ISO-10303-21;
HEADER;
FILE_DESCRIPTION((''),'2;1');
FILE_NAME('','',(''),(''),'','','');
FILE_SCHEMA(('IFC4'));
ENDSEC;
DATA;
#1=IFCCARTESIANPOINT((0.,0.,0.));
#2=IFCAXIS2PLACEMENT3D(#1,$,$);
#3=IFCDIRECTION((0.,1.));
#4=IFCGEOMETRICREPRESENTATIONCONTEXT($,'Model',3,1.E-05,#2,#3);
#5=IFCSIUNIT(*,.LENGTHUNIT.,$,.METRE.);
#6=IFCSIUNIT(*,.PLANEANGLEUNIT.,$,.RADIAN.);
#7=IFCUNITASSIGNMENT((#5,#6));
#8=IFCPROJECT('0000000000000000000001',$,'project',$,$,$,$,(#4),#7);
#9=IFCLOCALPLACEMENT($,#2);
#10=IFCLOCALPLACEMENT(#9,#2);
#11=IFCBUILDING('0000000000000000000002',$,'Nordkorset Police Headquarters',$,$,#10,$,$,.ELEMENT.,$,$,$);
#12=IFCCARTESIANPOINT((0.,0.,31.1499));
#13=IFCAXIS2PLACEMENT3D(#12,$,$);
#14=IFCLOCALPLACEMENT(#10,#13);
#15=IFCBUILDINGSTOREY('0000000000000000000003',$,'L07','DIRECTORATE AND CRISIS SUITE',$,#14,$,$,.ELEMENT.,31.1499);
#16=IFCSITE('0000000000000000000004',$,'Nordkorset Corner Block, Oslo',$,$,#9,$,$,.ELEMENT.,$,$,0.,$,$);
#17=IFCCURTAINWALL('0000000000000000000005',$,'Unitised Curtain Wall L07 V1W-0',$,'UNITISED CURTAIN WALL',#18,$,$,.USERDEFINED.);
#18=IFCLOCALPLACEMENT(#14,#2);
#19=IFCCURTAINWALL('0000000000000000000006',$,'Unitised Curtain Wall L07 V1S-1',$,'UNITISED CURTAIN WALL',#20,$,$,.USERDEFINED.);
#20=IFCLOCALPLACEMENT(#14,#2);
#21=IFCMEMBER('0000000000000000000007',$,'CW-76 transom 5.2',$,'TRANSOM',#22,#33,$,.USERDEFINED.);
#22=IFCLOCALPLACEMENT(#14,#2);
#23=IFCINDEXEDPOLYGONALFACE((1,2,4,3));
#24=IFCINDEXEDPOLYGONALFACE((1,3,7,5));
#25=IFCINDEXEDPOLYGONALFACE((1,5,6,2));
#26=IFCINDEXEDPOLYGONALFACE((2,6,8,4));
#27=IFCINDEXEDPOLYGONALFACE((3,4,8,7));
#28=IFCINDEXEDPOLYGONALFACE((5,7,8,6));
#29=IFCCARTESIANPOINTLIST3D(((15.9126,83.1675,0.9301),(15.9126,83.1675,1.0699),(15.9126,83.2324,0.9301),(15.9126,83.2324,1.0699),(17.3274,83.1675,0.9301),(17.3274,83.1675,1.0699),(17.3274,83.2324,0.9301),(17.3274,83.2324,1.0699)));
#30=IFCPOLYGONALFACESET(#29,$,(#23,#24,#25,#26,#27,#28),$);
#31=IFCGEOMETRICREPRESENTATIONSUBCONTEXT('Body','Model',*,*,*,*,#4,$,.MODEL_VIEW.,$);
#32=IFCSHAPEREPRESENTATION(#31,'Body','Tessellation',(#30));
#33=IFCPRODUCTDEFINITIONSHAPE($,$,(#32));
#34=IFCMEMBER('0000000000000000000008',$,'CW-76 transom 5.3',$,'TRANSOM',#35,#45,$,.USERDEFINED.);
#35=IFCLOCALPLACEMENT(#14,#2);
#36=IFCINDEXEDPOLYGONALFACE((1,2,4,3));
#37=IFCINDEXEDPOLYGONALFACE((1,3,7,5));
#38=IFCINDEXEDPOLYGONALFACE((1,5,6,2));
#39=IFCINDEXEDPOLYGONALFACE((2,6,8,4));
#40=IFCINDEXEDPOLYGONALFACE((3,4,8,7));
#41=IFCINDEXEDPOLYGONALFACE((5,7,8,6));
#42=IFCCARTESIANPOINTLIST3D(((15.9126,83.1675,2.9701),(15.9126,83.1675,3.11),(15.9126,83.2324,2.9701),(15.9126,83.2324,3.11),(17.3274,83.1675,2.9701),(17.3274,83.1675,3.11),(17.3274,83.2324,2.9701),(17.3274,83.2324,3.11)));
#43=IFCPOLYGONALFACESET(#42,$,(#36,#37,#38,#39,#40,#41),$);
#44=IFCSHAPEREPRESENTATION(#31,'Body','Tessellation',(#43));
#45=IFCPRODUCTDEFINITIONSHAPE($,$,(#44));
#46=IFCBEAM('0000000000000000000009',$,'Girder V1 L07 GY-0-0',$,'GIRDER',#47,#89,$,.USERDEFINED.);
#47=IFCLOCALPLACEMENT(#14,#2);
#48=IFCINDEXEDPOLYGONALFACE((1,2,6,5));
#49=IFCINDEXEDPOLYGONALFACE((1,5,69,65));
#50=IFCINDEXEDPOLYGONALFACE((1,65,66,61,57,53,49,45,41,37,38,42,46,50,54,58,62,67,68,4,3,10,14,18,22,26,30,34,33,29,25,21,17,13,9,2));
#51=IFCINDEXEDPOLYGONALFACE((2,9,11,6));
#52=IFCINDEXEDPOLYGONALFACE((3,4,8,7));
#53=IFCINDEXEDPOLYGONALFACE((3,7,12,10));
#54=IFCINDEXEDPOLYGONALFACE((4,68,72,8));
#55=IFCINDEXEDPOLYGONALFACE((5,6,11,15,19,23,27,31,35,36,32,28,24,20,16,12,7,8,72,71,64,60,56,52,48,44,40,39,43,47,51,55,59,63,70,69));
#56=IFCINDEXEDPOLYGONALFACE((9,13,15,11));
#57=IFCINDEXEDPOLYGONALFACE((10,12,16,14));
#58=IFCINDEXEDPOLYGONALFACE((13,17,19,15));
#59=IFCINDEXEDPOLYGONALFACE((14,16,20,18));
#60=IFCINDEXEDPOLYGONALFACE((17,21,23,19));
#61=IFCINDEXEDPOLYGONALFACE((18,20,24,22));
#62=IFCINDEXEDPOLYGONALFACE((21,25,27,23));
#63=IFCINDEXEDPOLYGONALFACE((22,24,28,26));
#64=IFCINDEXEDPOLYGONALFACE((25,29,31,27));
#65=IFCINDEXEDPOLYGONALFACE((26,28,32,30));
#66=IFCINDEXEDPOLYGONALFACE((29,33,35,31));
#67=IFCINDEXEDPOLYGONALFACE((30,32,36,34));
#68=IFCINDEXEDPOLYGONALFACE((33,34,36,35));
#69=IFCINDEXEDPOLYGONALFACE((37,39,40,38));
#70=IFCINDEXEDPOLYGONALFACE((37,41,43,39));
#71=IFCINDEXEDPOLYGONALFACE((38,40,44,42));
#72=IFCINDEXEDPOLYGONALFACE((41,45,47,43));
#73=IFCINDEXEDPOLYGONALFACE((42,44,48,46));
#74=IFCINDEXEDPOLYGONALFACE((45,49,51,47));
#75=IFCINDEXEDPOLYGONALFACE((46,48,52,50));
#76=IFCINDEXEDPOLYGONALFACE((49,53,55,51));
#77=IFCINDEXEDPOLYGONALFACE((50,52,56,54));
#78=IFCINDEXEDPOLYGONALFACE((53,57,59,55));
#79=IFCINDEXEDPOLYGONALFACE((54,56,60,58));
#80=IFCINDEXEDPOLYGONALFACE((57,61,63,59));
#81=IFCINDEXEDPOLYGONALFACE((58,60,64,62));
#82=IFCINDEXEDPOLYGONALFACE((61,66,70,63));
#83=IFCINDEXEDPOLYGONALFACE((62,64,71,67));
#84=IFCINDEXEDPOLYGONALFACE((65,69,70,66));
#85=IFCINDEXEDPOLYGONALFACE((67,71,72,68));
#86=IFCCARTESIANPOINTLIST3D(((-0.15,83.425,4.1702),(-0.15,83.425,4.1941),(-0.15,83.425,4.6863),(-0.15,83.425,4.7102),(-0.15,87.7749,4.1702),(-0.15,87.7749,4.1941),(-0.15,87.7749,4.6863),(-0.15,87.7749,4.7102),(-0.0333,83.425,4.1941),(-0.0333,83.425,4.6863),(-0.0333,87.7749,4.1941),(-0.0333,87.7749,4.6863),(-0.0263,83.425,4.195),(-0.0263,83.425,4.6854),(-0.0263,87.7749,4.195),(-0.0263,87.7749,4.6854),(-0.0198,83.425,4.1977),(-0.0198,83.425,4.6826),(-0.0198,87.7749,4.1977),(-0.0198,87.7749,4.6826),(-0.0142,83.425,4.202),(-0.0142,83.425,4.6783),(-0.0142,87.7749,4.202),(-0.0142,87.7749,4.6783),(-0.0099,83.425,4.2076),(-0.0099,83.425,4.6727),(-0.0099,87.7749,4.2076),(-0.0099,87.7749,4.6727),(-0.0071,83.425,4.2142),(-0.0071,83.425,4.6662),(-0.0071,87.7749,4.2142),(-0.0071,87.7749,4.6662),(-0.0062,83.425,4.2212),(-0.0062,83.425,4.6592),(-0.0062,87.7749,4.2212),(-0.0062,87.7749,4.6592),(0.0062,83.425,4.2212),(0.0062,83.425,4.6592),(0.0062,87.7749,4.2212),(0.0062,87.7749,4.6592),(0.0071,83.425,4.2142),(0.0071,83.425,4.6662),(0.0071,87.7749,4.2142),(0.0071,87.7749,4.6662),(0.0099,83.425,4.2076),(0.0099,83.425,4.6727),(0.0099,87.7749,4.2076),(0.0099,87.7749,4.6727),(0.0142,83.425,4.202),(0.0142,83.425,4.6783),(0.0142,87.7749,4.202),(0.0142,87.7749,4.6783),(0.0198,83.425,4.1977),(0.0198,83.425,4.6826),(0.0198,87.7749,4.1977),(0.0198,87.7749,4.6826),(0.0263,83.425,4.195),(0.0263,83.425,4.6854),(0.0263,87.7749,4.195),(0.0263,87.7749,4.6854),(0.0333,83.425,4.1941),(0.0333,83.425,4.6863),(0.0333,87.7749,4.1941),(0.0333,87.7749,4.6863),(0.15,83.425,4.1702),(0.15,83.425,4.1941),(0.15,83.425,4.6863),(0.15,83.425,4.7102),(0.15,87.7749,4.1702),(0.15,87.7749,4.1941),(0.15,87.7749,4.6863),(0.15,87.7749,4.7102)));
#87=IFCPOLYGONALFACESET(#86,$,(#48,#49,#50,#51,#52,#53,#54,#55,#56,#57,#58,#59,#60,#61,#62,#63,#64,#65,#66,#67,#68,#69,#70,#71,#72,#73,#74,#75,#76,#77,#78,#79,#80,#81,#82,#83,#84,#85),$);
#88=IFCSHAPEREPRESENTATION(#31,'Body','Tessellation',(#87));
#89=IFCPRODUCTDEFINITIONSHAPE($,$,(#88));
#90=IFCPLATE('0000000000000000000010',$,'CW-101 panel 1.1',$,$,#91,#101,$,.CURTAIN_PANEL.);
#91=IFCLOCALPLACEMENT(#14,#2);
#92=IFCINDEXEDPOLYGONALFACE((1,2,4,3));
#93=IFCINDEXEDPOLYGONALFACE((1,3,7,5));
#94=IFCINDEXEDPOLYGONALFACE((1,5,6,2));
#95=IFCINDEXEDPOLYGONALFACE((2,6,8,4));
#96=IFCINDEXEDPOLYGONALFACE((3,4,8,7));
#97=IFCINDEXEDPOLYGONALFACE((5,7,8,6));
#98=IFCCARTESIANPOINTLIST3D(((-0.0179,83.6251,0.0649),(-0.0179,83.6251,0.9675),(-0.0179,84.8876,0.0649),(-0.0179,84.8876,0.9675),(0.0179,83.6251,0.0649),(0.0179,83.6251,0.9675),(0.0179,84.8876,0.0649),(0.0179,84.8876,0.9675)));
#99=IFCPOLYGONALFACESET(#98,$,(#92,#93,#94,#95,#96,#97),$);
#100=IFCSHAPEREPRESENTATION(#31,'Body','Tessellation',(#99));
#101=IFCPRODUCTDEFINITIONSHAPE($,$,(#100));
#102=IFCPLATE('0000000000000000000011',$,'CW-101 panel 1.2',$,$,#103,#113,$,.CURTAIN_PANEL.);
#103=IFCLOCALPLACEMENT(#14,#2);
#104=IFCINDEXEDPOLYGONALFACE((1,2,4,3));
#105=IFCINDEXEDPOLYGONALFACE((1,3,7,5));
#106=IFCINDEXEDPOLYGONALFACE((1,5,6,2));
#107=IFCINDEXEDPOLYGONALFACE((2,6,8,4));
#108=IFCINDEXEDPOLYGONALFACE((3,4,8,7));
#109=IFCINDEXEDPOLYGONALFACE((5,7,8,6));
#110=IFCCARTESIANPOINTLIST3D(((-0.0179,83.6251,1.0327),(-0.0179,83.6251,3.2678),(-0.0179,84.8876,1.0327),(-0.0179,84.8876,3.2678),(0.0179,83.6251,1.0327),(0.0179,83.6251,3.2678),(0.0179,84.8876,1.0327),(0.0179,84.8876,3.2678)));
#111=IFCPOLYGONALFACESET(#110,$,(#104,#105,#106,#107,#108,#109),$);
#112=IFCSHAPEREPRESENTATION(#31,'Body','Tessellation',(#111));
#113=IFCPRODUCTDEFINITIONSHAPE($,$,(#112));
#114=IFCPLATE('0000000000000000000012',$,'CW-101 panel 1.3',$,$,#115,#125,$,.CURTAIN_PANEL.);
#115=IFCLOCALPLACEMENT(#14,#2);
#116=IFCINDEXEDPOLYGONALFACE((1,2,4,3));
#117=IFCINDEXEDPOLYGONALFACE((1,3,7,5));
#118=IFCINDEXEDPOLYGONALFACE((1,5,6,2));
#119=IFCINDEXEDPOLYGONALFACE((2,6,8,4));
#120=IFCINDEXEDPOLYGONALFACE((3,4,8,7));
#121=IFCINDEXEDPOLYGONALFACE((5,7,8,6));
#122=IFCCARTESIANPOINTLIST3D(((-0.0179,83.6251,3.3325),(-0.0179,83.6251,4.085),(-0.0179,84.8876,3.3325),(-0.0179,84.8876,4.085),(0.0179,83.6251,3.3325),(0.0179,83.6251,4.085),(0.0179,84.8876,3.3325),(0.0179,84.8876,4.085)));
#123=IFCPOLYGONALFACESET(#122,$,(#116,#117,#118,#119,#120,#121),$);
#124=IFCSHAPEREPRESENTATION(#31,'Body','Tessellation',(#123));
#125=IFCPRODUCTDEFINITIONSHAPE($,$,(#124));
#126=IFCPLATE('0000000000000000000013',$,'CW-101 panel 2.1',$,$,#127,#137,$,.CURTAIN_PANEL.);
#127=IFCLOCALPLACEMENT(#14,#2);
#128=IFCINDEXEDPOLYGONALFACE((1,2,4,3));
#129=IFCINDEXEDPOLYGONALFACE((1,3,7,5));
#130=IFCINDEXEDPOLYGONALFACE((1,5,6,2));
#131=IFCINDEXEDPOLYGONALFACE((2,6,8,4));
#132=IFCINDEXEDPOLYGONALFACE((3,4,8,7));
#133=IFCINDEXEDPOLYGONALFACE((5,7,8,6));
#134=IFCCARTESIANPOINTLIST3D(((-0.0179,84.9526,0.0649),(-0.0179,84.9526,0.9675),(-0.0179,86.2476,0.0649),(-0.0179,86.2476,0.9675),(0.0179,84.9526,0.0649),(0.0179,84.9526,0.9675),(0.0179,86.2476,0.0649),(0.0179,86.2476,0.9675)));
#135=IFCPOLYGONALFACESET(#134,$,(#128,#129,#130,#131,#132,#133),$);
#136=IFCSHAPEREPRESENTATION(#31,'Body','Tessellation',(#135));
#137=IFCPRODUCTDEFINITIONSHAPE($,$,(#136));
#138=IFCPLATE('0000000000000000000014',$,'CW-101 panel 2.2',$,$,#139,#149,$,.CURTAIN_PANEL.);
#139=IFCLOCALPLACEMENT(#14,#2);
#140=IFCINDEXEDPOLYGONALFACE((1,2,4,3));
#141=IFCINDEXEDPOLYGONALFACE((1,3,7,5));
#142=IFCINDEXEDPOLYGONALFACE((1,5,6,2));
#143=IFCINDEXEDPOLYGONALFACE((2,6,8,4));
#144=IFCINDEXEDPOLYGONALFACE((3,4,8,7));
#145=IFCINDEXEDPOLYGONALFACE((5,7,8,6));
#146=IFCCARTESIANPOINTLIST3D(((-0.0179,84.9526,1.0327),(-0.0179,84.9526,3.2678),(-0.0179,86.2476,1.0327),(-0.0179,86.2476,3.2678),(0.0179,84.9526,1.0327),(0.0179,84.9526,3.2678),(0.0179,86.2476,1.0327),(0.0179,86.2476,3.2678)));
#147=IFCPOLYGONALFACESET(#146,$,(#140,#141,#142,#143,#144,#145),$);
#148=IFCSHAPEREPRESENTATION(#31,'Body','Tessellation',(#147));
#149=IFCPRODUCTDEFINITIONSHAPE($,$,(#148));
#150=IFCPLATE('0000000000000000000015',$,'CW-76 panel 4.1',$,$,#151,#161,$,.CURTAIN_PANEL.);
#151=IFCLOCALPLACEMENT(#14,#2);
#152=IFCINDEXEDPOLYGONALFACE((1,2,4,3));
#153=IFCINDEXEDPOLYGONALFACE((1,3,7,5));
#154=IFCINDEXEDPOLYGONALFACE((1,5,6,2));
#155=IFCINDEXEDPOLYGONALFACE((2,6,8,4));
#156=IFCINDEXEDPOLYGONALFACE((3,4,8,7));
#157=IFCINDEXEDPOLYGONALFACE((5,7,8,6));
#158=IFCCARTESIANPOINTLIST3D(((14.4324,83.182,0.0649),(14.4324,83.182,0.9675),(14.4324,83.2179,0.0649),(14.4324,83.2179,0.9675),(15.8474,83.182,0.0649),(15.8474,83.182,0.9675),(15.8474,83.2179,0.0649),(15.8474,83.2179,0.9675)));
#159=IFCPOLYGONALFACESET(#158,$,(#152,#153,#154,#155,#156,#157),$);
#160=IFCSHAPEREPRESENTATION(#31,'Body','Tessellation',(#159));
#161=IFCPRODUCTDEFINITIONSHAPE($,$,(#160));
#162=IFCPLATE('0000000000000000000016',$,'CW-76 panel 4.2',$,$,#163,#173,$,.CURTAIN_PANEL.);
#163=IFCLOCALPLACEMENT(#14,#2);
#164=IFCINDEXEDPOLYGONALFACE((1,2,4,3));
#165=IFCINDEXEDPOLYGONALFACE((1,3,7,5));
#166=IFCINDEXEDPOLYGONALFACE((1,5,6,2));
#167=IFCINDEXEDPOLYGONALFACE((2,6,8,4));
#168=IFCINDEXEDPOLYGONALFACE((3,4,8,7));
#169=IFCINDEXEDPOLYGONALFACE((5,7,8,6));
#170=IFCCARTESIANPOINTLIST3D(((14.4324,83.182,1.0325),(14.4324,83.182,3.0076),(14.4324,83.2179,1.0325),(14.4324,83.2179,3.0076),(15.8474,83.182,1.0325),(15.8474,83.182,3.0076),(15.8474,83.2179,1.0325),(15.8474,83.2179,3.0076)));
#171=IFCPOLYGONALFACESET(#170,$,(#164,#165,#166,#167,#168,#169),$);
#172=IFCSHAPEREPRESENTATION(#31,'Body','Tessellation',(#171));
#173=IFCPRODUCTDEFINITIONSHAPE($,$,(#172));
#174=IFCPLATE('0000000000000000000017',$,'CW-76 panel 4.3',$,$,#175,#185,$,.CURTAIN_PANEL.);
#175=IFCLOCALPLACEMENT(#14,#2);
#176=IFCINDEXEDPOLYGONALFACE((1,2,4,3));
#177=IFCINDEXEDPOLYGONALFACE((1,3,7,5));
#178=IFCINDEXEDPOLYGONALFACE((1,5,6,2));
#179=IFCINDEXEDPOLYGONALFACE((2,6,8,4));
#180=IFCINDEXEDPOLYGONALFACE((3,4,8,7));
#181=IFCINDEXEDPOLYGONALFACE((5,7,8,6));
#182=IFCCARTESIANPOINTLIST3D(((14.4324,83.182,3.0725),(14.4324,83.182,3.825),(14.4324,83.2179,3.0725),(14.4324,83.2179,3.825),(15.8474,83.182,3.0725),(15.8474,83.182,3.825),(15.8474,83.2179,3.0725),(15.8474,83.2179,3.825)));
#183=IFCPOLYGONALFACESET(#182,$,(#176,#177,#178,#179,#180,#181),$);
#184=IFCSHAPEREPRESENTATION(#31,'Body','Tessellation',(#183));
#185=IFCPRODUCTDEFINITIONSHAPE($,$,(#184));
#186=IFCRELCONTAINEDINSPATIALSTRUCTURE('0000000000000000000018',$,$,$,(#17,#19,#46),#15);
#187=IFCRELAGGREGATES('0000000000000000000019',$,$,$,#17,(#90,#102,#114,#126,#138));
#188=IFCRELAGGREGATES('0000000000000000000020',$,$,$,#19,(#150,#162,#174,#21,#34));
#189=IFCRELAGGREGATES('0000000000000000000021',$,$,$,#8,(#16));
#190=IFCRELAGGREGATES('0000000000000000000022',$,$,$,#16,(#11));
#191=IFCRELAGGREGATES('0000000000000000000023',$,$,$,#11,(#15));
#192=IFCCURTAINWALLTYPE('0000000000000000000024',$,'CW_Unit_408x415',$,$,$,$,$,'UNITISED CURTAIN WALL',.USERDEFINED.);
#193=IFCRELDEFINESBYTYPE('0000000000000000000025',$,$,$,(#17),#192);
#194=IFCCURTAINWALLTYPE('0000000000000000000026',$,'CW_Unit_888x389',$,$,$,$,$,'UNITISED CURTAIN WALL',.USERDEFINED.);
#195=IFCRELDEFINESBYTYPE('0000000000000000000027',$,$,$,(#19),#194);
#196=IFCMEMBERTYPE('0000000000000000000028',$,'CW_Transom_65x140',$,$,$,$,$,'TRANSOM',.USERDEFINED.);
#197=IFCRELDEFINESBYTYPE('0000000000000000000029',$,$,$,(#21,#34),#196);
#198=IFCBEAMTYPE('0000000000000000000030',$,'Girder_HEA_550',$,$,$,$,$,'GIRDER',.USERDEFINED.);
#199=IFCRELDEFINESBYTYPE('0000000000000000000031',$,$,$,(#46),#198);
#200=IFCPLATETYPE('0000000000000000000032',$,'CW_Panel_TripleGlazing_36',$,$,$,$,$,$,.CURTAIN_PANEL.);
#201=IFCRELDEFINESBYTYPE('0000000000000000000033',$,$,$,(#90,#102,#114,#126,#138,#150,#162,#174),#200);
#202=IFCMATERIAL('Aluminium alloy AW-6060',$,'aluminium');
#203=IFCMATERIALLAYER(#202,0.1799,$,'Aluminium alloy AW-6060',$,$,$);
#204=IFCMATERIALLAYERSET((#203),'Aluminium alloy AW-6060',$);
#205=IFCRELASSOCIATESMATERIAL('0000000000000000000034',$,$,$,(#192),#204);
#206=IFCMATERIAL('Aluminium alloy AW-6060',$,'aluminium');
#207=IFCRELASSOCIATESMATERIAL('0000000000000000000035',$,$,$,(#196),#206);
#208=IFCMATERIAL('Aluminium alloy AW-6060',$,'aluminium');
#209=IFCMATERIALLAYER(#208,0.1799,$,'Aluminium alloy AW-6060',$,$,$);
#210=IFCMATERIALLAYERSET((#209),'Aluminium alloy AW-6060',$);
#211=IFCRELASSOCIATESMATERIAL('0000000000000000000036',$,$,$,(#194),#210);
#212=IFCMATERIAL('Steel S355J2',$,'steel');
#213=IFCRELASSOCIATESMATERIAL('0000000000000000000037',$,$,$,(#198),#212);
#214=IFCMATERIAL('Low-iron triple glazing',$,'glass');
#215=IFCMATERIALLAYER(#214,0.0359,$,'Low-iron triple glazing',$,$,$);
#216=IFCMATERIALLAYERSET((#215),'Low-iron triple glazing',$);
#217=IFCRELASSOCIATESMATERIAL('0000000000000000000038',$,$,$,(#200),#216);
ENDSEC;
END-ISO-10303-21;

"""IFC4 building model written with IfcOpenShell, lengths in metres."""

from ifc_helpers import new_model, si_unit, direction, frame, origin, origin_2d, place, context, subcontext, project, spatial, rectangle, i_section, extrude, material, layer, layer_set, material_profile, profile_set, type_object, element, aggregate, save


model = new_model("IFC4")

# Units and contexts
model_context = context("Model", 3, precision=1e-05, world=origin(), true_north=direction((0.0, 1.0)))
body_context = subcontext(model_context, "Body", "Model", "MODEL_VIEW")
ifc_project = project(units=[si_unit("LENGTHUNIT", "METRE"), si_unit("PLANEANGLEUNIT", "RADIAN")], contexts=[model_context])

# Site, building, storey
site_placement = place(None, origin())
site = spatial("IfcSite", under=ifc_project, at=site_placement, Name="Nordkorset Corner Block, Oslo", CompositionType="ELEMENT", RefElevation=0.0)
building_placement = place(site_placement, origin())
building = spatial("IfcBuilding", under=site, at=building_placement, Name="Nordkorset Police Headquarters", CompositionType="ELEMENT")
storey_placement = place(building_placement, frame((0.0, 0.0, 31.1499)))
storey = spatial("IfcBuildingStorey", under=building, at=storey_placement, Name="L07", Description="DIRECTORATE AND CRISIS SUITE", CompositionType="ELEMENT", Elevation=31.1499)

# Curtain walls, members
ifc_material_1 = material(Name="Aluminium alloy AW-6060", Category="aluminium")
ifc_layer_1 = layer(ifc_material_1, 0.1799, Name="Aluminium alloy AW-6060")
ifc_layer_set_1 = layer_set([ifc_layer_1], Name="Aluminium alloy AW-6060")
curtain_wall_type_1 = type_object("IfcCurtainWallType", Name="CW_Unit_408x415", ElementType="UNITISED CURTAIN WALL", PredefinedType="USERDEFINED", material=ifc_layer_set_1)
curtain_wall_1_placement = place(storey_placement, origin())
curtain_wall_1 = element("IfcCurtainWall", 1, at=curtain_wall_1_placement, inside=storey, type_object=curtain_wall_type_1, Name="Unitised Curtain Wall L07 V1W-0", ObjectType="UNITISED CURTAIN WALL", PredefinedType="USERDEFINED")
ifc_material_2 = material(Name="Aluminium alloy AW-6060", Category="aluminium")
ifc_material_profile_1 = material_profile(ifc_material_2, rectangle(XDim=0.0649, YDim=0.1399, at=origin_2d()), Name="ALU TRAN 65x140")
ifc_profile_set_1 = profile_set([ifc_material_profile_1], Name="Aluminium alloy AW-6060")
member_type_1 = type_object("IfcMemberType", Name="CW_Transom_65x140", ElementType="TRANSOM", PredefinedType="USERDEFINED", material=ifc_profile_set_1)
ifc_material_3 = material(Name="Aluminium alloy AW-6060", Category="aluminium")
ifc_layer_2 = layer(ifc_material_3, 0.1799, Name="Aluminium alloy AW-6060")
ifc_layer_set_2 = layer_set([ifc_layer_2], Name="Aluminium alloy AW-6060")
curtain_wall_type_2 = type_object("IfcCurtainWallType", Name="CW_Unit_888x389", ElementType="UNITISED CURTAIN WALL", PredefinedType="USERDEFINED", material=ifc_layer_set_2)
curtain_wall_2_placement = place(storey_placement, origin())
curtain_wall_2 = element("IfcCurtainWall", 2, at=curtain_wall_2_placement, inside=storey, type_object=curtain_wall_type_2, Name="Unitised Curtain Wall L07 V1S-1", ObjectType="UNITISED CURTAIN WALL", PredefinedType="USERDEFINED")
member_1_placement = place(storey_placement, frame((15.9126, 83.2, 1.0), z_axis=(1.0, 0.0, 0.0), x_axis=(0.0, 1.0, 0.0)))
member_1 = element("IfcMember", 3, at=member_1_placement, type_object=member_type_1, Name="CW-76 transom 5.2", ObjectType="TRANSOM", PredefinedType="USERDEFINED", context=body_context, shape_type="SweptSolid", body=[
    extrude(rectangle(XDim=0.0649, YDim=0.1399, at=origin_2d()), origin(), (0.0, 0.0, 1.0), 1.4148),
])
member_2_placement = place(storey_placement, frame((15.9126, 83.2, 3.04), z_axis=(1.0, 0.0, 0.0), x_axis=(0.0, 1.0, 0.0)))
member_2 = element("IfcMember", 4, at=member_2_placement, type_object=member_type_1, Name="CW-76 transom 5.3", ObjectType="TRANSOM", PredefinedType="USERDEFINED", context=body_context, shape_type="SweptSolid", body=[
    extrude(rectangle(XDim=0.0649, YDim=0.1399, at=origin_2d()), origin(), (0.0, 0.0, 1.0), 1.4148),
])

# Beam
ifc_material_4 = material(Name="Steel S355J2", Category="steel")
ifc_material_profile_2 = material_profile(ifc_material_4, i_section(OverallWidth=0.3, OverallDepth=0.54, WebThickness=0.0125, FlangeThickness=0.0239, FilletRadius=0.0271, at=origin_2d()), Name="HEA 550")
ifc_profile_set_2 = profile_set([ifc_material_profile_2], Name="Steel S355J2")
beam_type = type_object("IfcBeamType", Name="Girder_HEA_550", ElementType="GIRDER", PredefinedType="USERDEFINED", material=ifc_profile_set_2)
beam_placement = place(storey_placement, frame((0.0, 83.425, 4.4402), z_axis=(0.0, 1.0, 0.0), x_axis=(-1.0, 0.0, 0.0)))
element("IfcBeam", 5, at=beam_placement, inside=storey, type_object=beam_type, Name="Girder V1 L07 GY-0-0", ObjectType="GIRDER", PredefinedType="USERDEFINED", context=body_context, shape_type="SweptSolid", body=[
    extrude(i_section(OverallWidth=0.3, OverallDepth=0.54, WebThickness=0.0125, FlangeThickness=0.0239, FilletRadius=0.0271, at=origin_2d()), origin(), (0.0, 0.0, 1.0), 4.3499),
])

# Plates
ifc_material_5 = material(Name="Low-iron triple glazing", Category="glass")
ifc_layer_3 = layer(ifc_material_5, 0.0359, Name="Low-iron triple glazing")
ifc_layer_set_3 = layer_set([ifc_layer_3], Name="Low-iron triple glazing")
plate_type = type_object("IfcPlateType", Name="CW_Panel_TripleGlazing_36", PredefinedType="CURTAIN_PANEL", material=ifc_layer_set_3)
plate_1_placement = place(storey_placement, frame((0.0, 84.2563, 0.0649), z_axis=(0.0, 0.0, 1.0), x_axis=(0.0, 1.0, 0.0)))
plate_1 = element("IfcPlate", 6, at=plate_1_placement, type_object=plate_type, Name="CW-101 panel 1.1", PredefinedType="CURTAIN_PANEL", context=body_context, shape_type="SweptSolid", body=[
    extrude(rectangle(XDim=1.2625, YDim=0.0359, at=origin_2d()), origin(), (0.0, 0.0, 1.0), 0.9026),
])
plate_2_placement = place(storey_placement, frame((0.0, 84.2563, 1.0327), z_axis=(0.0, 0.0, 1.0), x_axis=(0.0, 1.0, 0.0)))
plate_2 = element("IfcPlate", 7, at=plate_2_placement, type_object=plate_type, Name="CW-101 panel 1.2", PredefinedType="CURTAIN_PANEL", context=body_context, shape_type="SweptSolid", body=[
    extrude(rectangle(XDim=1.2625, YDim=0.0359, at=origin_2d()), origin(), (0.0, 0.0, 1.0), 2.2351),
])
plate_3_placement = place(storey_placement, frame((0.0, 84.2563, 3.3325), z_axis=(0.0, 0.0, 1.0), x_axis=(0.0, 1.0, 0.0)))
plate_3 = element("IfcPlate", 8, at=plate_3_placement, type_object=plate_type, Name="CW-101 panel 1.3", PredefinedType="CURTAIN_PANEL", context=body_context, shape_type="SweptSolid", body=[
    extrude(rectangle(XDim=1.2625, YDim=0.0359, at=origin_2d()), origin(), (0.0, 0.0, 1.0), 0.7524),
])
plate_4_placement = place(storey_placement, frame((0.0, 85.6001, 0.0649), z_axis=(0.0, 0.0, 1.0), x_axis=(0.0, 1.0, 0.0)))
plate_4 = element("IfcPlate", 9, at=plate_4_placement, type_object=plate_type, Name="CW-101 panel 2.1", PredefinedType="CURTAIN_PANEL", context=body_context, shape_type="SweptSolid", body=[
    extrude(rectangle(XDim=1.2949, YDim=0.0359, at=origin_2d()), origin(), (0.0, 0.0, 1.0), 0.9026),
])
plate_5_placement = place(storey_placement, frame((0.0, 85.6001, 1.0327), z_axis=(0.0, 0.0, 1.0), x_axis=(0.0, 1.0, 0.0)))
plate_5 = element("IfcPlate", 10, at=plate_5_placement, type_object=plate_type, Name="CW-101 panel 2.2", PredefinedType="CURTAIN_PANEL", context=body_context, shape_type="SweptSolid", body=[
    extrude(rectangle(XDim=1.2949, YDim=0.0359, at=origin_2d()), origin(), (0.0, 0.0, 1.0), 2.2351),
])
aggregate(curtain_wall_1, [plate_1, plate_2, plate_3, plate_4, plate_5])
plate_6_placement = place(storey_placement, frame((15.1399, 83.2, 0.0649), z_axis=(0.0, 0.0, 1.0), x_axis=(1.0, 0.0, 0.0)))
plate_6 = element("IfcPlate", 11, at=plate_6_placement, type_object=plate_type, Name="CW-76 panel 4.1", PredefinedType="CURTAIN_PANEL", context=body_context, shape_type="SweptSolid", body=[
    extrude(rectangle(XDim=1.415, YDim=0.0359, at=origin_2d()), origin(), (0.0, 0.0, 1.0), 0.9026),
])
plate_7_placement = place(storey_placement, frame((15.1399, 83.2, 1.0325), z_axis=(0.0, 0.0, 1.0), x_axis=(1.0, 0.0, 0.0)))
plate_7 = element("IfcPlate", 12, at=plate_7_placement, type_object=plate_type, Name="CW-76 panel 4.2", PredefinedType="CURTAIN_PANEL", context=body_context, shape_type="SweptSolid", body=[
    extrude(rectangle(XDim=1.415, YDim=0.0359, at=origin_2d()), origin(), (0.0, 0.0, 1.0), 1.9751),
])
plate_8_placement = place(storey_placement, frame((15.1399, 83.2, 3.0725), z_axis=(0.0, 0.0, 1.0), x_axis=(1.0, 0.0, 0.0)))
plate_8 = element("IfcPlate", 13, at=plate_8_placement, type_object=plate_type, Name="CW-76 panel 4.3", PredefinedType="CURTAIN_PANEL", context=body_context, shape_type="SweptSolid", body=[
    extrude(rectangle(XDim=1.415, YDim=0.0359, at=origin_2d()), origin(), (0.0, 0.0, 1.0), 0.7524),
])
aggregate(curtain_wall_2, [plate_6, plate_7, plate_8, member_1, member_2])

save(model, "model.ifc")
